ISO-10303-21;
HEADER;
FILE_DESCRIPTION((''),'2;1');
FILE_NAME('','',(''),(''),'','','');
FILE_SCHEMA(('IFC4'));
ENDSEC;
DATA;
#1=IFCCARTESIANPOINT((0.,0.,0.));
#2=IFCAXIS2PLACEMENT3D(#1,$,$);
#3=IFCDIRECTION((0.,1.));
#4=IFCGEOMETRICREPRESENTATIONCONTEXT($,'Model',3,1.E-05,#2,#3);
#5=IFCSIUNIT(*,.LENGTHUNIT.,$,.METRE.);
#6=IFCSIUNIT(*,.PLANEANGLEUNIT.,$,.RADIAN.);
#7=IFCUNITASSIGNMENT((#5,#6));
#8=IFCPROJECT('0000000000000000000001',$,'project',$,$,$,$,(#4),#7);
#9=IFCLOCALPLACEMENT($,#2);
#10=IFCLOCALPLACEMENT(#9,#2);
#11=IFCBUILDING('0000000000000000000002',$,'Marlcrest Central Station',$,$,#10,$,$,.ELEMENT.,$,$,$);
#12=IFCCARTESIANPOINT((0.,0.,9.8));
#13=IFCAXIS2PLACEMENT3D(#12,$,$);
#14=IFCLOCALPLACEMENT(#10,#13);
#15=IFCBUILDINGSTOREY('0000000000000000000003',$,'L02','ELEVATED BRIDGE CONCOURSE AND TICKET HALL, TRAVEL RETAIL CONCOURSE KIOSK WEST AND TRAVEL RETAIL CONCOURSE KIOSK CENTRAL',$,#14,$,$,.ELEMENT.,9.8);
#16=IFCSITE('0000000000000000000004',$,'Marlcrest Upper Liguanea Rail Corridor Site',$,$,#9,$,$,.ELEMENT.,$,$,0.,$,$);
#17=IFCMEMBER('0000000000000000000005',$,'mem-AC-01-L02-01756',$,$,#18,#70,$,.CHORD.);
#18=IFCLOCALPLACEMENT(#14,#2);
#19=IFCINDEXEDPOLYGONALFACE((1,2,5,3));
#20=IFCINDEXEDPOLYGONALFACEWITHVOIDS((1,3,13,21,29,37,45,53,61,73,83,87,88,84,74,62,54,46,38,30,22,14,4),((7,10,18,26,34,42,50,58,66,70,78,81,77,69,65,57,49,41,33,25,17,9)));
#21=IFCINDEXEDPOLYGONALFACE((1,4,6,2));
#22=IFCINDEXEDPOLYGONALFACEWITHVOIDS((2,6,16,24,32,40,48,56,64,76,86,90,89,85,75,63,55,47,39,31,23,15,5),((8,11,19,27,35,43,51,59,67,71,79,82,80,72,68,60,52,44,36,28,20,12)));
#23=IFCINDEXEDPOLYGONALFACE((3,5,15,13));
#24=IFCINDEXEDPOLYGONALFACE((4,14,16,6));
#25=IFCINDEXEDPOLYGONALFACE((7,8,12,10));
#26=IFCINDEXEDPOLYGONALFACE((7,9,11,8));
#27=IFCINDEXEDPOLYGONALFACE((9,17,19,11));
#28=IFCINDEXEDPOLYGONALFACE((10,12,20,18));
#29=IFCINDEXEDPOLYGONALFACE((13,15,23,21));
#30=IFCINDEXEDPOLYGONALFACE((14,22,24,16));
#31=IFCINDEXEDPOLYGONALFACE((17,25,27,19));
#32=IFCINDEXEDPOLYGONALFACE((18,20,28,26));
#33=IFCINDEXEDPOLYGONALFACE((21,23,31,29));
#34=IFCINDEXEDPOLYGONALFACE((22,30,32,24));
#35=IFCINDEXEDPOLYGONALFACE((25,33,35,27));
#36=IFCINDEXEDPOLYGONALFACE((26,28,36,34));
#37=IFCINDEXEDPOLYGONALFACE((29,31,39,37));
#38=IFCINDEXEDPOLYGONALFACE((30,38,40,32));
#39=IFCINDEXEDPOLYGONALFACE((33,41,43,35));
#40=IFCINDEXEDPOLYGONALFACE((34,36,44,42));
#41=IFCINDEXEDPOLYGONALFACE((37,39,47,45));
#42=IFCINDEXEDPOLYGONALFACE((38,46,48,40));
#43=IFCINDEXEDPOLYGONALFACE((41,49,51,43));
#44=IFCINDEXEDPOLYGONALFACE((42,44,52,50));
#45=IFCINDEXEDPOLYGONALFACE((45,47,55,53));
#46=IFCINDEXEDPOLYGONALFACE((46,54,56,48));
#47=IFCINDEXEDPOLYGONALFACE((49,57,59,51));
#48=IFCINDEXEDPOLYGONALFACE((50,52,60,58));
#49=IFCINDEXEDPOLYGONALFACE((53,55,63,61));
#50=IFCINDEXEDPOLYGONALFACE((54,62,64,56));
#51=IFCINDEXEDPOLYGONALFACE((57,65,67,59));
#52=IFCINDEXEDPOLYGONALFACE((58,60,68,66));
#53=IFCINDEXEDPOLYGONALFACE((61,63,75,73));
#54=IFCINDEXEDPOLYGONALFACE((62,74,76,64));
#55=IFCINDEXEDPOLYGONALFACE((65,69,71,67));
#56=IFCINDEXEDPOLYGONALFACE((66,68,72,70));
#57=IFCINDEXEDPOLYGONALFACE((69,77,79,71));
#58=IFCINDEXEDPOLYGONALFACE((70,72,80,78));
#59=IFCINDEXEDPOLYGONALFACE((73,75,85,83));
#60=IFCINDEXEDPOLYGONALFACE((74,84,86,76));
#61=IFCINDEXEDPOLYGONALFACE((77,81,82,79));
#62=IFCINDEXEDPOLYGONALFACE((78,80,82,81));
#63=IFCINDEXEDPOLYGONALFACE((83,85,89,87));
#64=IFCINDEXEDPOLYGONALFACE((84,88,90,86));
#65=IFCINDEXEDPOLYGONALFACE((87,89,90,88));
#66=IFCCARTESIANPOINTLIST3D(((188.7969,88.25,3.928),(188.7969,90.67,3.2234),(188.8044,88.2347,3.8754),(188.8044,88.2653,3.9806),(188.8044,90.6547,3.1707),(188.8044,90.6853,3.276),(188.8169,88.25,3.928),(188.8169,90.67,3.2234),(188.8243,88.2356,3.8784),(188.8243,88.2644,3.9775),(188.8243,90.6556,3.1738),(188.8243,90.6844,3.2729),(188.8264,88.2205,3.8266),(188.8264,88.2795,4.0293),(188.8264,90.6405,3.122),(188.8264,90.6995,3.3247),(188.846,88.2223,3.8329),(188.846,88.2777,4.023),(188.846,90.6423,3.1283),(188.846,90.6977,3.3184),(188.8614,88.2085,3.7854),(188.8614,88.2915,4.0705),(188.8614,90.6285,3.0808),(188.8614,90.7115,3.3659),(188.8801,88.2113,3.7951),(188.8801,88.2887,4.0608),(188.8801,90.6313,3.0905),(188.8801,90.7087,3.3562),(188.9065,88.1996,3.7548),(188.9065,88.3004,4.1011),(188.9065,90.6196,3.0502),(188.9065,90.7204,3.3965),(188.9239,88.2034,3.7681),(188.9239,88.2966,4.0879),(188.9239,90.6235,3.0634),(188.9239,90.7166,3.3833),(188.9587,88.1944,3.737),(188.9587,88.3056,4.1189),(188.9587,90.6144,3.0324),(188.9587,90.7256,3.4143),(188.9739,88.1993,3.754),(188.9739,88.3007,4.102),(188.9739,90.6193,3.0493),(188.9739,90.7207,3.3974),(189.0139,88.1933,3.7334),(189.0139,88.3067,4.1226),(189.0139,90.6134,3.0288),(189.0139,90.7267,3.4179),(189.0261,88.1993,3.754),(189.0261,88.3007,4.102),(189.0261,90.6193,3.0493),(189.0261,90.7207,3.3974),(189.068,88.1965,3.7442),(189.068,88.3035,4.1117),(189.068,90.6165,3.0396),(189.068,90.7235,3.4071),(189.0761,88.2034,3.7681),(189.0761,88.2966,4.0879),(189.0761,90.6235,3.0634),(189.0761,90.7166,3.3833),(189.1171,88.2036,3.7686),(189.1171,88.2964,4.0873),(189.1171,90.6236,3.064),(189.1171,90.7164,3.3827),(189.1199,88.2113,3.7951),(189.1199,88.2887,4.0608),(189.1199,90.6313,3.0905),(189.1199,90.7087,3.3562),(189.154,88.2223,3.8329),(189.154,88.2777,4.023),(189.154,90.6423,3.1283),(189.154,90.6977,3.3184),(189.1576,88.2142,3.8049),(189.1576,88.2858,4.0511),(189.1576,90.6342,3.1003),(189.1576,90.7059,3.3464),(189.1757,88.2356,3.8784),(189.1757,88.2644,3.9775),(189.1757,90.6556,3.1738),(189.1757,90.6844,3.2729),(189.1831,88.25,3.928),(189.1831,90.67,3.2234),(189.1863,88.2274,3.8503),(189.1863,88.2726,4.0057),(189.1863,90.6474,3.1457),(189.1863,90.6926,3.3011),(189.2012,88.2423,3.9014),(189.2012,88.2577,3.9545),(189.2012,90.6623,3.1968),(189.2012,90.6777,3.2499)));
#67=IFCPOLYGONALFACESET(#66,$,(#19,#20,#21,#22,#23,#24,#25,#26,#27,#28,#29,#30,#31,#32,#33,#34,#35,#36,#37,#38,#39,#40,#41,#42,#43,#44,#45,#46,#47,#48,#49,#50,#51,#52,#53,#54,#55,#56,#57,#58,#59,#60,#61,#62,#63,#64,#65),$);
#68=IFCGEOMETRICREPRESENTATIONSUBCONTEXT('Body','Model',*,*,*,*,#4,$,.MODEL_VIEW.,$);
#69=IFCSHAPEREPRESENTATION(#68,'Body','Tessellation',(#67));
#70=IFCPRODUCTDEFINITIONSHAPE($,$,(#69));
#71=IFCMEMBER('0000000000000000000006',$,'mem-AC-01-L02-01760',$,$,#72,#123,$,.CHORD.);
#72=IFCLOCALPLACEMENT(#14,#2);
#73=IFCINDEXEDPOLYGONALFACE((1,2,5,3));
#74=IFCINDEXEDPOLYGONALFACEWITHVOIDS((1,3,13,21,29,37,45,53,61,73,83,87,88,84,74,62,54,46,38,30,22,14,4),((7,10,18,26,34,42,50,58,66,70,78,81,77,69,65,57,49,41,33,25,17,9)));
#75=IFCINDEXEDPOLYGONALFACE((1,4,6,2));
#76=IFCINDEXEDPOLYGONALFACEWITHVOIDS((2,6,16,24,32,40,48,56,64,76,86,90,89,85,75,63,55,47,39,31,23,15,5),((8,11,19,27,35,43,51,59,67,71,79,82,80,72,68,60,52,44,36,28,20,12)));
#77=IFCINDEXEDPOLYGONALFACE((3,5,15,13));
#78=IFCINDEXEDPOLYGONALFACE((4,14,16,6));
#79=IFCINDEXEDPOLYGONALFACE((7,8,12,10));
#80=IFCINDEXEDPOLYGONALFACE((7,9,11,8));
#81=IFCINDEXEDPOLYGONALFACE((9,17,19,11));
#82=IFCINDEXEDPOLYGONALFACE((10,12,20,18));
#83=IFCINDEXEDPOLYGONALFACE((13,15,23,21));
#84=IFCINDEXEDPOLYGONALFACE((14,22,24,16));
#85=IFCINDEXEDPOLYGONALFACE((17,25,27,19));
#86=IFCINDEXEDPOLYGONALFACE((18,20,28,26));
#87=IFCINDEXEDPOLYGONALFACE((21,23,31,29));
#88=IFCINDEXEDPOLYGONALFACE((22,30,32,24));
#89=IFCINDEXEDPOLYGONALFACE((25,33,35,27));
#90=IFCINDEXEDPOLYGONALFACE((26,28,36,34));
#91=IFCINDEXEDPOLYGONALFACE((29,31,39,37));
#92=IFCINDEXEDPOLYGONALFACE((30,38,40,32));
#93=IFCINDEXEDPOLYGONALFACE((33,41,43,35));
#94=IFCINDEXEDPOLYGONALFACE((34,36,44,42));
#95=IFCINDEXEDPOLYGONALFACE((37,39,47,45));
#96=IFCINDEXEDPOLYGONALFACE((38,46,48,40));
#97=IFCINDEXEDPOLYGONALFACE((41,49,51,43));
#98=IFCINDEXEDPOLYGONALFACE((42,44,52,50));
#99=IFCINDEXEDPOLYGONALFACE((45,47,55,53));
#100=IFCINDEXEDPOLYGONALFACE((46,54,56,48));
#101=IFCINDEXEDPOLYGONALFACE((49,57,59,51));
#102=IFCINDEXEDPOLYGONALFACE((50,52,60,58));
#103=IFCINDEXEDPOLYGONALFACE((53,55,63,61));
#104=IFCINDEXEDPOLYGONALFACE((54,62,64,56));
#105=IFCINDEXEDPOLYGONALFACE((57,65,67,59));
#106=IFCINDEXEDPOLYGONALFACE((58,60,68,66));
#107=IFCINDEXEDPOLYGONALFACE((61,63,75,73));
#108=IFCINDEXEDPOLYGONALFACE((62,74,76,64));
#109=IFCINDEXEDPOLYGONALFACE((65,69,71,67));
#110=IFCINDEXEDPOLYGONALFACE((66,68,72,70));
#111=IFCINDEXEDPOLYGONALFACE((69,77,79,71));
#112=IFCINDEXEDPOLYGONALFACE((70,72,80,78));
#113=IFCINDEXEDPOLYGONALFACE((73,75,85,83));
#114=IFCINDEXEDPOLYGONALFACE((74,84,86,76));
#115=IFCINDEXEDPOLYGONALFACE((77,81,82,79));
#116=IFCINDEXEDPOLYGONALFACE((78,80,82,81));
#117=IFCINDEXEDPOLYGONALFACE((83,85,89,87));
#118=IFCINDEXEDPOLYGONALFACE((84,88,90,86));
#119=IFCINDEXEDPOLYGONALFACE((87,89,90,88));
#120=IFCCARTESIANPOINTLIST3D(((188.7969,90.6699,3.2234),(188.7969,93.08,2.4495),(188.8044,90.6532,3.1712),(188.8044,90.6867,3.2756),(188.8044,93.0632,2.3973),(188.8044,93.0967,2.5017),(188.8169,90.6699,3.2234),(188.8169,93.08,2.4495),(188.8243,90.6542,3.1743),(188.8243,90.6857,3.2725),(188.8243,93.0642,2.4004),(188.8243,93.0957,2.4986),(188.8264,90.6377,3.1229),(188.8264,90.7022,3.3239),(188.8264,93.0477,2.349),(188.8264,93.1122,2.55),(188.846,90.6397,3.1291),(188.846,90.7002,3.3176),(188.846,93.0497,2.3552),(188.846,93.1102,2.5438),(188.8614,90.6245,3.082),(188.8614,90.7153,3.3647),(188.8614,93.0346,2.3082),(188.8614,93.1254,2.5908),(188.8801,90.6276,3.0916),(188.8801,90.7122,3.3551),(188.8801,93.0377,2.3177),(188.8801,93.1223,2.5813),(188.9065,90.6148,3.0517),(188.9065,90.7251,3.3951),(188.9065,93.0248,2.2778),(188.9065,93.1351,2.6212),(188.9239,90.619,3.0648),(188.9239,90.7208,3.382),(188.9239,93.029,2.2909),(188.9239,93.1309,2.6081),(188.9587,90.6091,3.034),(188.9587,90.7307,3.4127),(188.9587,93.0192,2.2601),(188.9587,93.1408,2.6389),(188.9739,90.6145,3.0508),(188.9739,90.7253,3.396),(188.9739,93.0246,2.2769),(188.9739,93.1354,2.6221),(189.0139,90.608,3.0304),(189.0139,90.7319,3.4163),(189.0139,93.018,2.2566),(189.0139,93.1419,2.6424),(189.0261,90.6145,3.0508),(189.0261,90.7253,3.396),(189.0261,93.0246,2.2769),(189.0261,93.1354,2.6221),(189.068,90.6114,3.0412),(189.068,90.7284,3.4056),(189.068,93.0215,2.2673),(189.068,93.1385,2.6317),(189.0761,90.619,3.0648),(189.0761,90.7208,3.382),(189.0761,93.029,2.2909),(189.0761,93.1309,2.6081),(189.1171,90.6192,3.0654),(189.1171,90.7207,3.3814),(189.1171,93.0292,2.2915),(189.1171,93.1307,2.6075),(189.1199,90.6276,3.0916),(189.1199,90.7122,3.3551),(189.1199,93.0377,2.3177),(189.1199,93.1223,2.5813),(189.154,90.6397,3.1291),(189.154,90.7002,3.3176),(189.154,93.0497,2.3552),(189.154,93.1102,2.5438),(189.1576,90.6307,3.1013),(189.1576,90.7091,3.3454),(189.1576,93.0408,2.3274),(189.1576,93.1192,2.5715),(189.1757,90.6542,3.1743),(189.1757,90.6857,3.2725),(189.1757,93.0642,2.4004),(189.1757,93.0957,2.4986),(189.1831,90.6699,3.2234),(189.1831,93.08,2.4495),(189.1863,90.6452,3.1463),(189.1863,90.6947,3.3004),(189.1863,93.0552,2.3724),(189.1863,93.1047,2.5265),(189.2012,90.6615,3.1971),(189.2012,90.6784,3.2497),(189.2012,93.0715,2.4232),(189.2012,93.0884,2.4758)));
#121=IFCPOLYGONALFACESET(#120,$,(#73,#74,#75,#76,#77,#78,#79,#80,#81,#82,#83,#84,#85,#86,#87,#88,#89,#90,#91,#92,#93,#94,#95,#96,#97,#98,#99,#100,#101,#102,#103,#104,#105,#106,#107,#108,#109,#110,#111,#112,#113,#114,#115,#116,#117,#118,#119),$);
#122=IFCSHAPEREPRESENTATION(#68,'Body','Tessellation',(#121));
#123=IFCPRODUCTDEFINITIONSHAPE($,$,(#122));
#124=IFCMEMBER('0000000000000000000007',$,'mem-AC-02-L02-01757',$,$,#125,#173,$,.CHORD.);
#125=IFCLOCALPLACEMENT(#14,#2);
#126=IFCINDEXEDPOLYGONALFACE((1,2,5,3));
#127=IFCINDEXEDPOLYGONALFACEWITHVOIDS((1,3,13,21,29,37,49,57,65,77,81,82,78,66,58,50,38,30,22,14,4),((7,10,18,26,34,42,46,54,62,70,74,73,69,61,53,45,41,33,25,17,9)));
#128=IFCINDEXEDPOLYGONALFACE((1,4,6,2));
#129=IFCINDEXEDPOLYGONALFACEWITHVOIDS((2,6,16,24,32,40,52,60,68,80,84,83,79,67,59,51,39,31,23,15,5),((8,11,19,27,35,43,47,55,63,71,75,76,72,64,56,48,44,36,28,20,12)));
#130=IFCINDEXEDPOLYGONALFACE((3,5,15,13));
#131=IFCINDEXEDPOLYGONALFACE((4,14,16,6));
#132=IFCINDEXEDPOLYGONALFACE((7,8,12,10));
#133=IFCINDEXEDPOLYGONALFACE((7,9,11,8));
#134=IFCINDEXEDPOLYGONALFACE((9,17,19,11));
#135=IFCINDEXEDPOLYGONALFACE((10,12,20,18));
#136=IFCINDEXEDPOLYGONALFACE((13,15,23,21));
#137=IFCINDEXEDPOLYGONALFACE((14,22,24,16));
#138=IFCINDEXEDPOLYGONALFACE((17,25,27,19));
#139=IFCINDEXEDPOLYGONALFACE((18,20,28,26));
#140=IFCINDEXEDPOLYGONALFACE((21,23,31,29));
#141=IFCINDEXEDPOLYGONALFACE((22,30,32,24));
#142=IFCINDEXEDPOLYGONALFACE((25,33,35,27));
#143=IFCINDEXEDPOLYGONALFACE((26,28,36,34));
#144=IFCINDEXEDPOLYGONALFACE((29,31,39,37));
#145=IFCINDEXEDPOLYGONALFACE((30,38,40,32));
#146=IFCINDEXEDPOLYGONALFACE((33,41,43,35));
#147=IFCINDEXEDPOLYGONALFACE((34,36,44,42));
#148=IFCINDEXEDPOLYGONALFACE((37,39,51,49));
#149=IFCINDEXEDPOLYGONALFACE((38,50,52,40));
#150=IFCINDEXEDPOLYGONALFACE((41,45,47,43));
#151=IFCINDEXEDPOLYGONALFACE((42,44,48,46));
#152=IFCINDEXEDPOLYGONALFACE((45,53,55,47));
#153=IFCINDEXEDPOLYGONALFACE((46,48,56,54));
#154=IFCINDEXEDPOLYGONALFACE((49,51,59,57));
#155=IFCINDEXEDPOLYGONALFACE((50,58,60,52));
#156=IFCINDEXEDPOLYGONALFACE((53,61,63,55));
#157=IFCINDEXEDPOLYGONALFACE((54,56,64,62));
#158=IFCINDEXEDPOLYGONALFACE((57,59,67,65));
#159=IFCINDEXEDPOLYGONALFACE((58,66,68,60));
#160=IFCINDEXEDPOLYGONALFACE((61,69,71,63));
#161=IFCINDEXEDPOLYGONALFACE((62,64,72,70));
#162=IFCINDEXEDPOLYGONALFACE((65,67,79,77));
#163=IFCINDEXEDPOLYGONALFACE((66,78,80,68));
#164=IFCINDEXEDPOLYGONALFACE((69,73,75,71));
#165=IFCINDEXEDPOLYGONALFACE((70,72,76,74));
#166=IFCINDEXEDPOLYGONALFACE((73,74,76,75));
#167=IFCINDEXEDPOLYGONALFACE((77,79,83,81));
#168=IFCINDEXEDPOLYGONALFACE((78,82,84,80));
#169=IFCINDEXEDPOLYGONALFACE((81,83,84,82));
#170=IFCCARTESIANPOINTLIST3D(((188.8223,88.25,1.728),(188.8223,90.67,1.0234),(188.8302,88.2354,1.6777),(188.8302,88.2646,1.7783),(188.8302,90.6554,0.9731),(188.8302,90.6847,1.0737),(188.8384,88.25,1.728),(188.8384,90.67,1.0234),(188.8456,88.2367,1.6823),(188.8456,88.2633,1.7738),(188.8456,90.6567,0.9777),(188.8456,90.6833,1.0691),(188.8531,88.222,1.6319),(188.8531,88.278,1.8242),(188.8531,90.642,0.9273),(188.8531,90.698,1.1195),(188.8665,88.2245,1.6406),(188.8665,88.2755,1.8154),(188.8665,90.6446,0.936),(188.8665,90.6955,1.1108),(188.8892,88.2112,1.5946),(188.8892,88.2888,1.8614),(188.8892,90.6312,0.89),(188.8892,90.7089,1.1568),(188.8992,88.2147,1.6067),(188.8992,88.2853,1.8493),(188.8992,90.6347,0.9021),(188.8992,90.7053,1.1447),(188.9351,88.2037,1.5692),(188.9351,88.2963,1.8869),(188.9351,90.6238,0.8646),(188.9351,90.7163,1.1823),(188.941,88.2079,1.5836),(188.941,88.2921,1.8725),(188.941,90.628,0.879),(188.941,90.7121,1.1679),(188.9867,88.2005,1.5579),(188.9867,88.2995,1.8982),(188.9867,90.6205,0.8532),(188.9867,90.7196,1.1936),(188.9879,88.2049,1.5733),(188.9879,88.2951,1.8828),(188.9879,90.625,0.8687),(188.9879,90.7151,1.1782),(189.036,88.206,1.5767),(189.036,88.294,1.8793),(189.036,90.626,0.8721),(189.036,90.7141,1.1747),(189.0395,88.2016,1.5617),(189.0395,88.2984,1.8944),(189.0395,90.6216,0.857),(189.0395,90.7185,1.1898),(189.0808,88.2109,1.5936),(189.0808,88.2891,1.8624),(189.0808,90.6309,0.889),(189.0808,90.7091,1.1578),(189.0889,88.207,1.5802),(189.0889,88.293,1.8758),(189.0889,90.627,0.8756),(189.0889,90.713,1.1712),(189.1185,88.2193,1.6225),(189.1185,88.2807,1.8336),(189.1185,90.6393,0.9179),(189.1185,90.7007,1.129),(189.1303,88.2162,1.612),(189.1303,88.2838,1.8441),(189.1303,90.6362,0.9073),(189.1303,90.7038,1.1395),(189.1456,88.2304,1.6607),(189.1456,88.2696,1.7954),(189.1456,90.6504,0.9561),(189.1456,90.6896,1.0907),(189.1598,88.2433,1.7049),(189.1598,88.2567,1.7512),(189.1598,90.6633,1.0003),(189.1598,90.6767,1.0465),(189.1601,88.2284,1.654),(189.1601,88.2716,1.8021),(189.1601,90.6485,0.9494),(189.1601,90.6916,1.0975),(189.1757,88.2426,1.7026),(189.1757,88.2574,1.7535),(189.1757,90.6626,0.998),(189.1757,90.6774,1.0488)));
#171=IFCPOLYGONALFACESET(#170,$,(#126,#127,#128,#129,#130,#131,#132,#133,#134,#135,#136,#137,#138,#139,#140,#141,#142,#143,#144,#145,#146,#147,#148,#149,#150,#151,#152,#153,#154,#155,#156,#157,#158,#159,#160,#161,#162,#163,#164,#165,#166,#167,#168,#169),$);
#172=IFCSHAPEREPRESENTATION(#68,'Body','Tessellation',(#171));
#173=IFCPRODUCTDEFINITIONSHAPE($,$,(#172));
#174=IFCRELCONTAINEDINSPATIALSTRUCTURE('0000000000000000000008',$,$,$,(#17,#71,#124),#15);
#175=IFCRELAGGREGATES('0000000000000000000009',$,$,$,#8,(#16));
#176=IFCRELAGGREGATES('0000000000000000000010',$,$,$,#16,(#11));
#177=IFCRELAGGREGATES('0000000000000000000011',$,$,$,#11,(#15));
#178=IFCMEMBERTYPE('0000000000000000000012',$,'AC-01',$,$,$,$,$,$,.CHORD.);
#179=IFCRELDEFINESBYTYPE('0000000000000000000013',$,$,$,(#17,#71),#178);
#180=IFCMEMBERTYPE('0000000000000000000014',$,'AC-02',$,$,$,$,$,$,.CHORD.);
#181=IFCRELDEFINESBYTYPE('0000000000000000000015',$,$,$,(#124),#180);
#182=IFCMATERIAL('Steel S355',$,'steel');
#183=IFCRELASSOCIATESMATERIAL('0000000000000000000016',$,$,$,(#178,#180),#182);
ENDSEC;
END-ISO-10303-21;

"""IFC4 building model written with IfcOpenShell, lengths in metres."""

from ifc_helpers import new_model, si_unit, direction, frame, origin, origin_2d, place, context, subcontext, project, spatial, hollow_circle, extrude, material, material_profile, profile_set, type_object, element, save


model = new_model("IFC4")

# Units and contexts
model_context = context("Model", 3, precision=1e-05, world=origin(), true_north=direction((0.0, 1.0)))
body_context = subcontext(model_context, "Body", "Model", "MODEL_VIEW")
ifc_project = project(units=[si_unit("LENGTHUNIT", "METRE"), si_unit("PLANEANGLEUNIT", "RADIAN")], contexts=[model_context])

# Site, building, storey
site_placement = place(None, origin())
site = spatial("IfcSite", under=ifc_project, at=site_placement, Name="Marlcrest Upper Liguanea Rail Corridor Site", CompositionType="ELEMENT", RefElevation=0.0)
building_placement = place(site_placement, origin())
building = spatial("IfcBuilding", under=site, at=building_placement, Name="Marlcrest Central Station", CompositionType="ELEMENT")
storey_placement = place(building_placement, frame((0.0, 0.0, 9.8)))
storey = spatial("IfcBuildingStorey", under=building, at=storey_placement, Name="L02", Description="ELEVATED BRIDGE CONCOURSE AND TICKET HALL, TRAVEL RETAIL CONCOURSE KIOSK WEST AND TRAVEL RETAIL CONCOURSE KIOSK CENTRAL", CompositionType="ELEMENT", Elevation=9.8)

# Members
ifc_material_1 = material(Name="Steel S355", Category="steel")
ifc_material_profile_1 = material_profile(ifc_material_1, hollow_circle(Radius=0.2031, WallThickness=0.02, at=origin_2d()), Name="CHS 406.4x20")
ifc_profile_set_1 = profile_set([ifc_material_profile_1], Name="Steel S355")
member_type_1 = type_object("IfcMemberType", Name="AC-01", PredefinedType="CHORD", material=ifc_profile_set_1)
member_1_placement = place(storey_placement, frame((189.0, 88.25, 3.928), z_axis=(0.0, 0.96013, -0.279554), x_axis=(-1.0, 0.0, 0.0)))
element("IfcMember", 1, at=member_1_placement, inside=storey, type_object=member_type_1, Name="mem-AC-01-L02-01756", PredefinedType="CHORD", context=body_context, shape_type="SweptSolid", body=[
    extrude(hollow_circle(Radius=0.2031, WallThickness=0.02, at=origin_2d()), origin(), (0.0, 0.0, 1.0), 2.5205),
])
member_2_placement = place(storey_placement, frame((189.0, 90.6699, 3.2234), z_axis=(0.0, 0.952117, -0.305734), x_axis=(-1.0, 0.0, 0.0)))
element("IfcMember", 2, at=member_2_placement, inside=storey, type_object=member_type_1, Name="mem-AC-01-L02-01760", PredefinedType="CHORD", context=body_context, shape_type="SweptSolid", body=[
    extrude(hollow_circle(Radius=0.2031, WallThickness=0.02, at=origin_2d()), origin(), (0.0, 0.0, 1.0), 2.5312),
])
ifc_material_profile_2 = material_profile(ifc_material_1, hollow_circle(Radius=0.1777, WallThickness=0.0161, at=origin_2d()), Name="CHS 355.6x16")
ifc_profile_set_2 = profile_set([ifc_material_profile_2], Name="Steel S355")
member_type_2 = type_object("IfcMemberType", Name="AC-02", PredefinedType="CHORD", material=ifc_profile_set_2)
member_3_placement = place(storey_placement, frame((189.0, 88.25, 1.728), z_axis=(0.0, 0.96013, -0.279554), x_axis=(-1.0, 0.0, 0.0)))
element("IfcMember", 3, at=member_3_placement, inside=storey, type_object=member_type_2, Name="mem-AC-02-L02-01757", PredefinedType="CHORD", context=body_context, shape_type="SweptSolid", body=[
    extrude(hollow_circle(Radius=0.1777, WallThickness=0.0161, at=origin_2d()), origin(), (0.0, 0.0, 1.0), 2.5205),
])

save(model, "model.ifc")
